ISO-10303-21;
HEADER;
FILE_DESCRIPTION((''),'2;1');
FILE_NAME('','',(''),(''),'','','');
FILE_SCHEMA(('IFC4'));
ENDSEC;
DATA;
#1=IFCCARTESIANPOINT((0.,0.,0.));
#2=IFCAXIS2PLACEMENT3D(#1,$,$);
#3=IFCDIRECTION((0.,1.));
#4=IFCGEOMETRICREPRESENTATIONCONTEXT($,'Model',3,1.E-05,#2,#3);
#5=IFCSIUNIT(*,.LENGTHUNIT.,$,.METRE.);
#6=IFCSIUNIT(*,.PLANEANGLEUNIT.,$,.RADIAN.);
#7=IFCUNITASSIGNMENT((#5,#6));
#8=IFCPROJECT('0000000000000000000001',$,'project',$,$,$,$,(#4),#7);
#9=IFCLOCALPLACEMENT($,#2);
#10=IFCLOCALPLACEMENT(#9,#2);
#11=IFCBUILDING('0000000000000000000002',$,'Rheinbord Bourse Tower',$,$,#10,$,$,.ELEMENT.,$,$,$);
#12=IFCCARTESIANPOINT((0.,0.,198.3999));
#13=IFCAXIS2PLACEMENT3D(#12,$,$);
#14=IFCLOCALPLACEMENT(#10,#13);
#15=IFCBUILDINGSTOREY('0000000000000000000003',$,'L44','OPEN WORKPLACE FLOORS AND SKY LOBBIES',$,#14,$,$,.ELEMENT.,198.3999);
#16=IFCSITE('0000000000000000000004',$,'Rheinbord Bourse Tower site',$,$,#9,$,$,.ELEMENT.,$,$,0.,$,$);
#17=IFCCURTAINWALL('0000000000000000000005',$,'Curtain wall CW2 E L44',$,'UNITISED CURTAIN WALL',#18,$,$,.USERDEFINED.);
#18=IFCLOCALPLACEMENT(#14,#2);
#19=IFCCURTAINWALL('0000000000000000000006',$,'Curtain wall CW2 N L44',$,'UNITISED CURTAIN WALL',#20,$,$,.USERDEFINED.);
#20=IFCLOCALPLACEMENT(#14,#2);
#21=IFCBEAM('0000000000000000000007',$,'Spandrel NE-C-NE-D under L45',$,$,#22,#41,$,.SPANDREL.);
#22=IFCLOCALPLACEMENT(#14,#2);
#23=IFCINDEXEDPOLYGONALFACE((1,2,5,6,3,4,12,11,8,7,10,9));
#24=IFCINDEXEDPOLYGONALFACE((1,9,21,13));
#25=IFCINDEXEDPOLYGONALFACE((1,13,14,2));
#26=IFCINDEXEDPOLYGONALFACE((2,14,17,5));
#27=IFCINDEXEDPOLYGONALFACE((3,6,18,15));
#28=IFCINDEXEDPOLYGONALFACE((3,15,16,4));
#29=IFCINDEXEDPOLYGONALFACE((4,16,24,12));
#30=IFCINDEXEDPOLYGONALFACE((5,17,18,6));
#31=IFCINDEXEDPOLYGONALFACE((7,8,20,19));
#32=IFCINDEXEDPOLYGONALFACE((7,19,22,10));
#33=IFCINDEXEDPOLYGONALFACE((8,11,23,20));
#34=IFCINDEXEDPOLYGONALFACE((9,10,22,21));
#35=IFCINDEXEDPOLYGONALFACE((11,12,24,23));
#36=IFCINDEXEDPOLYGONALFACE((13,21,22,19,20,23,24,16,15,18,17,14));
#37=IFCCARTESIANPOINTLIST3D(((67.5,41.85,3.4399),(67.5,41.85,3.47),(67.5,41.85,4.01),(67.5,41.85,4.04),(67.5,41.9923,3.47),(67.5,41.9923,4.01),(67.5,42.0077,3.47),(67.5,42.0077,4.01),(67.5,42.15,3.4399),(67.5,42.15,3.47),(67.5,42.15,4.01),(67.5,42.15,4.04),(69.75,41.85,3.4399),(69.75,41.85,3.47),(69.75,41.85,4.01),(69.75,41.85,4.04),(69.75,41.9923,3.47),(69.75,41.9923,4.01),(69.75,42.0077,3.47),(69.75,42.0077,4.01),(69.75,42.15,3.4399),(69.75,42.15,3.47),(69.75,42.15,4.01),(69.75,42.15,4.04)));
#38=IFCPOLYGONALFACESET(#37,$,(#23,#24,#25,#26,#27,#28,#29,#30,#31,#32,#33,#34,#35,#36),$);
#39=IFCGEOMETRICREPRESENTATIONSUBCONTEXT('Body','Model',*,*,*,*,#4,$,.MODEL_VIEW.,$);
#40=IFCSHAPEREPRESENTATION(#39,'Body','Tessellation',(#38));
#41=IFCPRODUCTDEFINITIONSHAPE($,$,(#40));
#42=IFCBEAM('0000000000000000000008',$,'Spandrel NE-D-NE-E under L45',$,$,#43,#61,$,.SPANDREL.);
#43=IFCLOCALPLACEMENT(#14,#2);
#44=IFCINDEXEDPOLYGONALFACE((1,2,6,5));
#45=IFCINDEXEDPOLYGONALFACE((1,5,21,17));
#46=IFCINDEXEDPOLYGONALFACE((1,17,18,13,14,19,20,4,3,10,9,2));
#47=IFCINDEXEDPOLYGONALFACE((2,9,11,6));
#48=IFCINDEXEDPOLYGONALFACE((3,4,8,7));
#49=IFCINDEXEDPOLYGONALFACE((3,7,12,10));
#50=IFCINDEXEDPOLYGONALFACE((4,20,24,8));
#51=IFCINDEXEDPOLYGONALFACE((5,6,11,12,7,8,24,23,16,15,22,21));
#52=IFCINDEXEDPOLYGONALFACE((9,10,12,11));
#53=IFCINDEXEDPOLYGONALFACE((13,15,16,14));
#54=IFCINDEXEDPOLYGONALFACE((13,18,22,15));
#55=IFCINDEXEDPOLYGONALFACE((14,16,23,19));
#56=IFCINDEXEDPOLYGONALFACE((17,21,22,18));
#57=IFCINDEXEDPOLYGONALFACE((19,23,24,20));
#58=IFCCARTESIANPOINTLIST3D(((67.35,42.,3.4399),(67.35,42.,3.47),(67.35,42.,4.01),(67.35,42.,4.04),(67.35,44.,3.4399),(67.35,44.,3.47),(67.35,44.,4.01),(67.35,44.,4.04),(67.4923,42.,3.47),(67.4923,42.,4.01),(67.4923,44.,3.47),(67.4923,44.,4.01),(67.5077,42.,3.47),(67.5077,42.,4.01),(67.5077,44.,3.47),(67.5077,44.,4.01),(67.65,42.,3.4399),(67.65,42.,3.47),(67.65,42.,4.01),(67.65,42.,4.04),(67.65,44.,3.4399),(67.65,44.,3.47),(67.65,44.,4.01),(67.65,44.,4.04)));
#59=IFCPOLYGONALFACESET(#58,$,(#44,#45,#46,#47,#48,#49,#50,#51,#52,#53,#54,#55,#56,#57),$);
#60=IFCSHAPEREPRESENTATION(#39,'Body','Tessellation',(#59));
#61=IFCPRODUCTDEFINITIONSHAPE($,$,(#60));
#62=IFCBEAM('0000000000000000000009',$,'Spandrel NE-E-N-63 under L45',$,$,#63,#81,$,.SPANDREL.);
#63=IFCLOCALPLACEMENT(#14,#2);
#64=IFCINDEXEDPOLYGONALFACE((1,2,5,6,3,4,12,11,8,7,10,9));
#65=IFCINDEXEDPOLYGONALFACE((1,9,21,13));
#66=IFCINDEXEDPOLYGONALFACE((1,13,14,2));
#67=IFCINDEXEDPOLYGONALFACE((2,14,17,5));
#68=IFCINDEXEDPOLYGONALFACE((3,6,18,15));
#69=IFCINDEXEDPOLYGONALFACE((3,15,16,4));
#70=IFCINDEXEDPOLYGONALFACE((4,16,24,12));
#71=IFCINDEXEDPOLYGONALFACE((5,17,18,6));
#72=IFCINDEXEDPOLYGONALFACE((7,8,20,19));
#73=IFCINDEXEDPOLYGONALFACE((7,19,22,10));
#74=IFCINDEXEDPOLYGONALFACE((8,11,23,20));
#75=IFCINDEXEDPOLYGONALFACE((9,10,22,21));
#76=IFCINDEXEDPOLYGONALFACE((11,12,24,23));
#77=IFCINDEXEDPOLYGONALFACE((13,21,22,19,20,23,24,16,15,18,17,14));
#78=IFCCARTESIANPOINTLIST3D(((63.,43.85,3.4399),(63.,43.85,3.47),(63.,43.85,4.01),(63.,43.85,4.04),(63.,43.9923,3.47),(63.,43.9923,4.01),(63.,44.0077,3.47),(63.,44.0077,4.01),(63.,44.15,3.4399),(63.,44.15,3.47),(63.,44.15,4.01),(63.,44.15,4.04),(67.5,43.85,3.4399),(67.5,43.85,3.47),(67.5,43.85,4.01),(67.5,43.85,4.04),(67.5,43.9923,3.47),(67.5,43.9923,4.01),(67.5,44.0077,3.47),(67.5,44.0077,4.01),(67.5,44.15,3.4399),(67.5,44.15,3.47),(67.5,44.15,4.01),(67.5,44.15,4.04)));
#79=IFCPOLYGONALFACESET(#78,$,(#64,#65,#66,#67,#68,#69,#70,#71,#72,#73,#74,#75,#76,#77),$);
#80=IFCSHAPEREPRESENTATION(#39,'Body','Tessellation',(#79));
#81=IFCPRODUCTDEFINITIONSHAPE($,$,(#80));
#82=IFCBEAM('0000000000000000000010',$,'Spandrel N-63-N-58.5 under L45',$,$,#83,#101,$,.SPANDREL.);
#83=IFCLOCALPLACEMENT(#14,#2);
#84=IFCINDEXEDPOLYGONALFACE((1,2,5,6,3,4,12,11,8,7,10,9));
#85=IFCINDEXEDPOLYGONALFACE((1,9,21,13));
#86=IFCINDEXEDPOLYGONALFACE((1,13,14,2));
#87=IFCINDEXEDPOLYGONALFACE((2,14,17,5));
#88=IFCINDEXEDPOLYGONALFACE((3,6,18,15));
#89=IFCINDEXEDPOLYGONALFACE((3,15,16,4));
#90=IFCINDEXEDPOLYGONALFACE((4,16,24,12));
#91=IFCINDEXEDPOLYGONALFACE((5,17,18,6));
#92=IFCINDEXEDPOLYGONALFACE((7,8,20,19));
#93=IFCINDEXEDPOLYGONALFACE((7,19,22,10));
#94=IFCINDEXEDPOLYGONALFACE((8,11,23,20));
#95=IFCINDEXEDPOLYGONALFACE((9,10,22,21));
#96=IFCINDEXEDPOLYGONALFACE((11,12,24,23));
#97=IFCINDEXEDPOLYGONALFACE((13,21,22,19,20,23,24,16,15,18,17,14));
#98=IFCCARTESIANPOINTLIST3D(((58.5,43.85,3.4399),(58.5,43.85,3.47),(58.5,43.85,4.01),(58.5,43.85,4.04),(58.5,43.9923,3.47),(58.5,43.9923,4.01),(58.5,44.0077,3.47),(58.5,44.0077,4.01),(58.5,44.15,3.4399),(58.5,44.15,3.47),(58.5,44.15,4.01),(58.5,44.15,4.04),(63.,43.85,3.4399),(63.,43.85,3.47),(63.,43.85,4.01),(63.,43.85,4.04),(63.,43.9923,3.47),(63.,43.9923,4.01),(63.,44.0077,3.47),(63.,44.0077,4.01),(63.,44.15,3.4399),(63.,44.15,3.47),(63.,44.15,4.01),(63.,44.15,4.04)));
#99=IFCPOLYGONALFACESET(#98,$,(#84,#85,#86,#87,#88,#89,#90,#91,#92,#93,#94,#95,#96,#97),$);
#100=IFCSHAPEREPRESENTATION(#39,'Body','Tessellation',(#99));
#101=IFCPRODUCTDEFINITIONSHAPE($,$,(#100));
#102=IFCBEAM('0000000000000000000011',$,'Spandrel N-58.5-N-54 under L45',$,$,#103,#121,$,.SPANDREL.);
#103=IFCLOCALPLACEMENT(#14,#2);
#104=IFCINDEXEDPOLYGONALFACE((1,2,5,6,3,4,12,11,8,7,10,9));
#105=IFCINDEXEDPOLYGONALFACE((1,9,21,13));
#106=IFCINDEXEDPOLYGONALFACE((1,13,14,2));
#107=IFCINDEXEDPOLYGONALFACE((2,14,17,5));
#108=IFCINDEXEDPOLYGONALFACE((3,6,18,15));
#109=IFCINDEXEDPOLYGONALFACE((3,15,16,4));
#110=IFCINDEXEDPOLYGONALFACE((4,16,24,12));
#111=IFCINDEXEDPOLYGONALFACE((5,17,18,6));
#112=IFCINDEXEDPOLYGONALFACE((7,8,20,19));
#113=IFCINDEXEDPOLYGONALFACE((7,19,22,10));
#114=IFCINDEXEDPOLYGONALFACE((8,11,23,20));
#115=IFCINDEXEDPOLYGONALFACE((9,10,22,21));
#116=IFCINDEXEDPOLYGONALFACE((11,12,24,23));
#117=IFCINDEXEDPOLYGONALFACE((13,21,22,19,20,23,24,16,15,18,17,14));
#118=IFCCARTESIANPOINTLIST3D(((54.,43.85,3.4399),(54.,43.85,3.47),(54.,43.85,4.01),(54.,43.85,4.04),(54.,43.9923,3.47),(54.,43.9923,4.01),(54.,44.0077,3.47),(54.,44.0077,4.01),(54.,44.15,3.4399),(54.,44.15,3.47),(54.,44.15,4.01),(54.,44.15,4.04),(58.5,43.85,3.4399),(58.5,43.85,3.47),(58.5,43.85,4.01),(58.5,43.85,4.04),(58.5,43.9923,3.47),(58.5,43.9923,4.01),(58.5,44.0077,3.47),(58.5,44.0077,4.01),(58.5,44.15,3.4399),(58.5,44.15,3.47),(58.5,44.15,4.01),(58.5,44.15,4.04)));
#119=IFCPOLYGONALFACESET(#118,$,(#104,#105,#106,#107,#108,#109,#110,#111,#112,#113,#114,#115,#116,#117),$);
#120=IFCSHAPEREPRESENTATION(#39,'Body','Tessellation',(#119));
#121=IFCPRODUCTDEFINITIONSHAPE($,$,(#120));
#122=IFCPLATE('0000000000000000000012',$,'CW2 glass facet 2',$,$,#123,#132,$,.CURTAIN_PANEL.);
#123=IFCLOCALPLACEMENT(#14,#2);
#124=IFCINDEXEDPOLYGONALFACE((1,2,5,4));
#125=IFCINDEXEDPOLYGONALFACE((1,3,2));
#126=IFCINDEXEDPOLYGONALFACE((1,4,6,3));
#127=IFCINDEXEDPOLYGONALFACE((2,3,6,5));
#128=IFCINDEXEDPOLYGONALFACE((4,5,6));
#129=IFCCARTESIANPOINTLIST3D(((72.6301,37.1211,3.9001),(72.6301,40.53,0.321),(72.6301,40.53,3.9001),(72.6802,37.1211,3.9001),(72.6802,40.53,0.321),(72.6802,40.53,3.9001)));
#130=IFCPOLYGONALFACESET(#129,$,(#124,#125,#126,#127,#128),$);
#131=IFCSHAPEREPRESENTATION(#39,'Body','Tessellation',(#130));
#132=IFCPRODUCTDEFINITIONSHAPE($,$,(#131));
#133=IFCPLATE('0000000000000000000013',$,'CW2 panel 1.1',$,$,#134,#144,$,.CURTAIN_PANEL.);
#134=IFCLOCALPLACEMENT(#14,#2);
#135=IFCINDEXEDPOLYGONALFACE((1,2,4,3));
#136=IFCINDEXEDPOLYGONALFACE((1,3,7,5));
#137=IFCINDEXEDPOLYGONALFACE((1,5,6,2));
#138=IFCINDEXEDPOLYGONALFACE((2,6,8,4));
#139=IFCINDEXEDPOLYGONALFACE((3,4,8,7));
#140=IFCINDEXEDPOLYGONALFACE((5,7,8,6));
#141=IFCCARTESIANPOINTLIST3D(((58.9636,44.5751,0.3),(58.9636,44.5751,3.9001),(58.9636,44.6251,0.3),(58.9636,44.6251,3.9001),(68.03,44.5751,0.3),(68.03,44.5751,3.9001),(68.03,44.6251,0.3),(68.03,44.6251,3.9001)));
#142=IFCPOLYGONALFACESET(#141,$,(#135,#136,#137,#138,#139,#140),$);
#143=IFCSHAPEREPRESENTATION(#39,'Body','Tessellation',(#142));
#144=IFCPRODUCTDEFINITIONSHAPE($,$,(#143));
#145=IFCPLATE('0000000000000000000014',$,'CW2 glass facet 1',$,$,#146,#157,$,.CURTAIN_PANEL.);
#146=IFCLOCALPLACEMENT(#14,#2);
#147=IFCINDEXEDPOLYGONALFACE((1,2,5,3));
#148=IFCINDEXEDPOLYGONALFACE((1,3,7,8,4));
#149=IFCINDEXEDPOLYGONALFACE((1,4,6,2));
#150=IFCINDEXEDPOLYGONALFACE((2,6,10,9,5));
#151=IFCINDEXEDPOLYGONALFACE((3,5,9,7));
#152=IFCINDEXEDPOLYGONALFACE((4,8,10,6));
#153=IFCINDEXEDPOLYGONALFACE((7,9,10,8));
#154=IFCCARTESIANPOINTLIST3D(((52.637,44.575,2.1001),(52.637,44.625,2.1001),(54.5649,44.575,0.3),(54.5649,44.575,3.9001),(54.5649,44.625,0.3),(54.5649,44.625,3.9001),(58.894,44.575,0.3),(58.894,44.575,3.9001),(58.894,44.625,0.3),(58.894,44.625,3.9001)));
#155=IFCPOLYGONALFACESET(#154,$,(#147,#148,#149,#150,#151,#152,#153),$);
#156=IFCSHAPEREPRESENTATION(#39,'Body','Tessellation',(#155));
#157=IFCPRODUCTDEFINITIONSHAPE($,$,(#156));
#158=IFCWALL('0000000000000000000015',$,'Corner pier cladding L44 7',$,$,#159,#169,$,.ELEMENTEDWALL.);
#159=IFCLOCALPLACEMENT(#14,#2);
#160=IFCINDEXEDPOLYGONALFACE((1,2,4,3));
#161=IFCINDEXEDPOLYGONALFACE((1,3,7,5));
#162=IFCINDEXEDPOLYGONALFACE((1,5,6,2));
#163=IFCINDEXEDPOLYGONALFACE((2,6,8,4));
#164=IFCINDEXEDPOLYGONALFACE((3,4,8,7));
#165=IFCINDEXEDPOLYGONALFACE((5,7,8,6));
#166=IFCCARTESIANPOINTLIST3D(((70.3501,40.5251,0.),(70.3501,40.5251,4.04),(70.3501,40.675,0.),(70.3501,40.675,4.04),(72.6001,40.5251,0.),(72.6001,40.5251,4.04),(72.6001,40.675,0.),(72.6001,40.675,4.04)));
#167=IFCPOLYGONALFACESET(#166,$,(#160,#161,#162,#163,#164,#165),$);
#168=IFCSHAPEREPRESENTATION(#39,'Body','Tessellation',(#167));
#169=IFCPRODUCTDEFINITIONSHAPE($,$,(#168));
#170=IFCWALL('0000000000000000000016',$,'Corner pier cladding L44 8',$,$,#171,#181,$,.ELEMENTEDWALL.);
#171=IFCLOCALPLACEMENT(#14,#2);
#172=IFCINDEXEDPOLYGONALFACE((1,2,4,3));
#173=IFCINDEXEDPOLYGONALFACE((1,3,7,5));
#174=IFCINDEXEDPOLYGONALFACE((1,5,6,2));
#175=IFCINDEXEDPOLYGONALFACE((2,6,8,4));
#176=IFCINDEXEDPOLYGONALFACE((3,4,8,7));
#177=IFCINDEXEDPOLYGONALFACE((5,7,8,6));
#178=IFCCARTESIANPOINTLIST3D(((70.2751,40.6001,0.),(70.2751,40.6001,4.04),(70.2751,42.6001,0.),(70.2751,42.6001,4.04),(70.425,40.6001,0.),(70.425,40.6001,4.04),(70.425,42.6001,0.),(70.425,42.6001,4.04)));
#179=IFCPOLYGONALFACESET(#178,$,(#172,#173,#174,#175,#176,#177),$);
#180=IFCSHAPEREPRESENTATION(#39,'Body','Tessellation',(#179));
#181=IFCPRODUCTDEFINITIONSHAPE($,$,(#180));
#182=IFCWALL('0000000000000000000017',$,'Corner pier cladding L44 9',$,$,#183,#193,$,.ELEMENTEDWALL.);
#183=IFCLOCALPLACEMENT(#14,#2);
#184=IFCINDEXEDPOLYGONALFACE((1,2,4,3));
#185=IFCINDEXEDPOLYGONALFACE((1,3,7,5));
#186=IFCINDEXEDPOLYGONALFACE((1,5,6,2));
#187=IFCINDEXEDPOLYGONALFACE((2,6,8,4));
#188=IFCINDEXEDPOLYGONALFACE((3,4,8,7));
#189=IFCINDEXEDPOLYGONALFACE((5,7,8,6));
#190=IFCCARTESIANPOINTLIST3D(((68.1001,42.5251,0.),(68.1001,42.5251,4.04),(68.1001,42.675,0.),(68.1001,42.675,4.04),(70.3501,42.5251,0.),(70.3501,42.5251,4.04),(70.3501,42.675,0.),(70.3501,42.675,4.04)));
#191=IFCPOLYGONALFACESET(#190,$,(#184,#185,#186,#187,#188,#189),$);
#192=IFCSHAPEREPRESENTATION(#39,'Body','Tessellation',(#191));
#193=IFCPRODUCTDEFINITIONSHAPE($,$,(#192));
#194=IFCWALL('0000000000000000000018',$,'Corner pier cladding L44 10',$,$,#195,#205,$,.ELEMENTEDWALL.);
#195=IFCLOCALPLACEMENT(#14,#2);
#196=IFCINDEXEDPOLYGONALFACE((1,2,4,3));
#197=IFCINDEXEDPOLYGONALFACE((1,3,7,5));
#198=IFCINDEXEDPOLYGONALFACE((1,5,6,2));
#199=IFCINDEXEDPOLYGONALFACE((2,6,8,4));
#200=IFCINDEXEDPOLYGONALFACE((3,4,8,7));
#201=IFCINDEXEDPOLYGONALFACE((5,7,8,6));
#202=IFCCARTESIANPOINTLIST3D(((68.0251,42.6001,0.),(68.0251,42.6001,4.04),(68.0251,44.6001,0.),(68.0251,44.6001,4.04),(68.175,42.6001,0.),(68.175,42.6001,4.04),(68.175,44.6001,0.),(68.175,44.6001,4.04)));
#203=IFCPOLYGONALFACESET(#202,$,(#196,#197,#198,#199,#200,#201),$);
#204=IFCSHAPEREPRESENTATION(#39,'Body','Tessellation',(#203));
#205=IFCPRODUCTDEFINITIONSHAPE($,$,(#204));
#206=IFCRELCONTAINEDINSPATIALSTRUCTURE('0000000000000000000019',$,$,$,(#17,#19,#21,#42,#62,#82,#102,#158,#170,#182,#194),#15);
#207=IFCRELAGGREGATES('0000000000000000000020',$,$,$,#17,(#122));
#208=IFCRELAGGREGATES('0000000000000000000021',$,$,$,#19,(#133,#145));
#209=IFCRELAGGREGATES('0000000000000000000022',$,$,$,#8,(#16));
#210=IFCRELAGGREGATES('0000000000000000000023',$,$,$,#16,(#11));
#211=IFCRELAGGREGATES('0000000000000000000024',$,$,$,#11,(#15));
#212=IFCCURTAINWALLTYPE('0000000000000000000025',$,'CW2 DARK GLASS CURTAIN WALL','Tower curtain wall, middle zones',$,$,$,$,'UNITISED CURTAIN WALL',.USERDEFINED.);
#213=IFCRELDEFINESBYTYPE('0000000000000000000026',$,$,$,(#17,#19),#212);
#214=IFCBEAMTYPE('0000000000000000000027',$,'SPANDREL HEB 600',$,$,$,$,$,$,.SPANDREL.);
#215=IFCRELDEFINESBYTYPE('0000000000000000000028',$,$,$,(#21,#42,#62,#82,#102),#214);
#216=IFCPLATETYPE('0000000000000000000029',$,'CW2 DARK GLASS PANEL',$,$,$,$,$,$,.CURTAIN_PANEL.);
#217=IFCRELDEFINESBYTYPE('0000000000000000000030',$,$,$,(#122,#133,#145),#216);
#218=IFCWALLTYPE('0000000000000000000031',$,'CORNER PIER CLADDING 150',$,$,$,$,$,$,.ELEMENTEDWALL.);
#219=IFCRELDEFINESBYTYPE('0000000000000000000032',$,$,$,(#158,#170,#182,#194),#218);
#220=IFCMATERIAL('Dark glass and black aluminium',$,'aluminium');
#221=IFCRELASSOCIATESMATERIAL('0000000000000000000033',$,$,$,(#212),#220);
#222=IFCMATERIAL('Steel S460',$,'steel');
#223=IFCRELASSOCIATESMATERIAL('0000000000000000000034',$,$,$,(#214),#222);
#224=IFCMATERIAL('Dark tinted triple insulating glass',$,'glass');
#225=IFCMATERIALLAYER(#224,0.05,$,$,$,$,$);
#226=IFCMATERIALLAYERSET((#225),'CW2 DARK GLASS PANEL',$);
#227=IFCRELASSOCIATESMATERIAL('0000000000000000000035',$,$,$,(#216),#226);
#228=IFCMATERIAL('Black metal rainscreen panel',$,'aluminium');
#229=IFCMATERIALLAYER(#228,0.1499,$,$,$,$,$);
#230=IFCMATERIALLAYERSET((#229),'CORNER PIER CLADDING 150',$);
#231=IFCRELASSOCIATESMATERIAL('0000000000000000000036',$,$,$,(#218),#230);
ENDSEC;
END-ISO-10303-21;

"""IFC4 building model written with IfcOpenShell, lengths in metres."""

from ifc_helpers import new_model, si_unit, direction, frame, frame_2d, origin, origin_2d, place, context, subcontext, project, spatial, polyline, rectangle, i_section, outline, extrude, material, layer, layer_set, material_profile, profile_set, type_object, element, aggregate, save


model = new_model("IFC4")

# Units and contexts
model_context = context("Model", 3, precision=1e-05, world=origin(), true_north=direction((0.0, 1.0)))
body_context = subcontext(model_context, "Body", "Model", "MODEL_VIEW")
ifc_project = project(units=[si_unit("LENGTHUNIT", "METRE"), si_unit("PLANEANGLEUNIT", "RADIAN")], contexts=[model_context])

# Site, building, storey
site_placement = place(None, origin())
site = spatial("IfcSite", under=ifc_project, at=site_placement, Name="Rheinbord Bourse Tower site", CompositionType="ELEMENT", RefElevation=0.0)
building_placement = place(site_placement, origin())
building = spatial("IfcBuilding", under=site, at=building_placement, Name="Rheinbord Bourse Tower", CompositionType="ELEMENT")
storey_placement = place(building_placement, frame((0.0, 0.0, 198.3999)))
storey = spatial("IfcBuildingStorey", under=building, at=storey_placement, Name="L44", Description="OPEN WORKPLACE FLOORS AND SKY LOBBIES", CompositionType="ELEMENT", Elevation=198.3999)

# Curtain walls
ifc_material_1 = material(Name="Dark glass and black aluminium", Category="aluminium")
curtain_wall_type = type_object("IfcCurtainWallType", Name="CW2 DARK GLASS CURTAIN WALL", Description="Tower curtain wall, middle zones", ElementType="UNITISED CURTAIN WALL", PredefinedType="USERDEFINED", material=ifc_material_1)
curtain_wall_1_placement = place(storey_placement, origin())
curtain_wall_1 = element("IfcCurtainWall", 1, at=curtain_wall_1_placement, inside=storey, type_object=curtain_wall_type, Name="Curtain wall CW2 E L44", ObjectType="UNITISED CURTAIN WALL", PredefinedType="USERDEFINED")
curtain_wall_2_placement = place(storey_placement, origin())
curtain_wall_2 = element("IfcCurtainWall", 2, at=curtain_wall_2_placement, inside=storey, type_object=curtain_wall_type, Name="Curtain wall CW2 N L44", ObjectType="UNITISED CURTAIN WALL", PredefinedType="USERDEFINED")

# Beams
ifc_material_2 = material(Name="Steel S460", Category="steel")
ifc_material_profile_1 = material_profile(ifc_material_2, i_section(OverallWidth=0.3, OverallDepth=0.6001, WebThickness=0.0154, FlangeThickness=0.03, at=origin_2d()), Name="HEB 600")
ifc_profile_set_1 = profile_set([ifc_material_profile_1], Name="Steel S460")
beam_type_1 = type_object("IfcBeamType", Name="SPANDREL HEB 600", PredefinedType="SPANDREL", material=ifc_profile_set_1)
for number, where, z_axis, x_axis, name in (
    (3, (69.75, 42.0, 3.74), (-1.0, 0.0, 0.0), (0.0, -1.0, 0.0), "Spandrel NE-C-NE-D under L45"),
):
    element("IfcBeam", number, at=place(storey_placement, frame(where, z_axis=z_axis, x_axis=x_axis)), inside=storey, type_object=beam_type_1, Name=name, PredefinedType="SPANDREL", context=body_context, shape_type="SweptSolid", body=[
        extrude(i_section(OverallWidth=0.3, OverallDepth=0.6001, WebThickness=0.0154, FlangeThickness=0.03, at=origin_2d()), origin(), (0.0, 0.0, 1.0), 2.25),
    ])
beam_placement = place(storey_placement, frame((67.5, 42.0, 3.74), z_axis=(0.0, 1.0, 0.0), x_axis=(-1.0, 0.0, 0.0)))
element("IfcBeam", 4, at=beam_placement, inside=storey, type_object=beam_type_1, Name="Spandrel NE-D-NE-E under L45", PredefinedType="SPANDREL", context=body_context, shape_type="SweptSolid", body=[
    extrude(i_section(OverallWidth=0.3, OverallDepth=0.6001, WebThickness=0.0154, FlangeThickness=0.03, at=origin_2d()), origin(), (0.0, 0.0, 1.0), 2.0),
])
for number, where, z_axis, x_axis, name in (
    (5, (67.5, 44.0, 3.74), (-1.0, 0.0, 0.0), (0.0, -1.0, 0.0), "Spandrel NE-E-N-63 under L45"),
    (6, (63.0, 44.0, 3.74), (-1.0, 0.0, 0.0), (0.0, -1.0, 0.0), "Spandrel N-63-N-58.5 under L45"),
    (7, (58.5, 44.0, 3.74), (-1.0, 0.0, 0.0), (0.0, -1.0, 0.0), "Spandrel N-58.5-N-54 under L45"),
):
    element("IfcBeam", number, at=place(storey_placement, frame(where, z_axis=z_axis, x_axis=x_axis)), inside=storey, type_object=beam_type_1, Name=name, PredefinedType="SPANDREL", context=body_context, shape_type="SweptSolid", body=[
        extrude(i_section(OverallWidth=0.3, OverallDepth=0.6001, WebThickness=0.0154, FlangeThickness=0.03, at=origin_2d()), origin(), (0.0, 0.0, 1.0), 4.5),
    ])

# Plates
ifc_material_3 = material(Name="Dark tinted triple insulating glass", Category="glass")
ifc_layer_1 = layer(ifc_material_3, 0.05)
ifc_layer_set_1 = layer_set([ifc_layer_1], Name="CW2 DARK GLASS PANEL")
plate_type = type_object("IfcPlateType", Name="CW2 DARK GLASS PANEL", PredefinedType="CURTAIN_PANEL", material=ifc_layer_set_1)
plate_1_placement = place(storey_placement, frame((72.6802, 40.53, 3.9001), z_axis=(-1.0, 0.0, 0.0), x_axis=(0.0, 0.0, -1.0)))
plate_1 = element("IfcPlate", 8, at=plate_1_placement, type_object=plate_type, Name="CW2 glass facet 2", PredefinedType="CURTAIN_PANEL", context=body_context, shape_type="SweptSolid", body=[
    extrude(outline(polyline([(0.0, 0.0), (3.5791, 0.0), (0.0, 3.4089), (0.0, 0.0)])), origin(), (0.0, 0.0, 1.0), 0.05),
])
aggregate(curtain_wall_1, [plate_1])
plate_2_placement = place(storey_placement, frame((63.4968, 44.6001, 0.3), z_axis=(0.0, 0.0, 1.0), x_axis=(-1.0, 0.0, 0.0)))
plate_2 = element("IfcPlate", 9, at=plate_2_placement, type_object=plate_type, Name="CW2 panel 1.1", PredefinedType="CURTAIN_PANEL", context=body_context, shape_type="SweptSolid", body=[
    extrude(rectangle(XDim=9.0664, YDim=0.05, at=origin_2d()), origin(), (0.0, 0.0, 1.0), 3.6001),
])
plate_3_placement = place(storey_placement, frame((58.894, 44.625, 0.3), z_axis=(0.0, -1.0, 0.0), x_axis=(0.0, 0.0, 1.0)))
plate_3 = element("IfcPlate", 10, at=plate_3_placement, type_object=plate_type, Name="CW2 glass facet 1", PredefinedType="CURTAIN_PANEL", context=body_context, shape_type="SweptSolid", body=[
    extrude(outline(polyline([(0.0, 0.0), (3.6001, 0.0), (3.6001, 4.3291), (1.8, 6.2571), (0.0, 4.3291), (0.0, 0.0)])), origin(), (0.0, 0.0, 1.0), 0.05),
])
aggregate(curtain_wall_2, [plate_2, plate_3])

# Walls
ifc_material_4 = material(Name="Black metal rainscreen panel", Category="aluminium")
ifc_layer_2 = layer(ifc_material_4, 0.1499)
ifc_layer_set_2 = layer_set([ifc_layer_2], Name="CORNER PIER CLADDING 150")
wall_type = type_object("IfcWallType", Name="CORNER PIER CLADDING 150", PredefinedType="ELEMENTEDWALL", material=ifc_layer_set_2)
wall_1_placement = place(storey_placement, frame((72.6001, 40.6001, 0.0), z_axis=(0.0, 0.0, 1.0), x_axis=(-1.0, 0.0, 0.0)))
element("IfcWall", 11, at=wall_1_placement, inside=storey, type_object=wall_type, Name="Corner pier cladding L44 7", PredefinedType="ELEMENTEDWALL", context=body_context, shape_type="SweptSolid", body=[
    extrude(rectangle(XDim=2.25, YDim=0.1499, at=frame_2d((1.125, 0.0))), origin(), (0.0, 0.0, 1.0), 4.04),
])
wall_2_placement = place(storey_placement, frame((70.3501, 40.6001, 0.0), z_axis=(0.0, 0.0, 1.0), x_axis=(0.0, 1.0, 0.0)))
element("IfcWall", 12, at=wall_2_placement, inside=storey, type_object=wall_type, Name="Corner pier cladding L44 8", PredefinedType="ELEMENTEDWALL", context=body_context, shape_type="SweptSolid", body=[
    extrude(rectangle(XDim=2.0, YDim=0.1499, at=frame_2d((1.0, 0.0))), origin(), (0.0, 0.0, 1.0), 4.04),
])
wall_3_placement = place(storey_placement, frame((70.3501, 42.6001, 0.0), z_axis=(0.0, 0.0, 1.0), x_axis=(-1.0, 0.0, 0.0)))
element("IfcWall", 13, at=wall_3_placement, inside=storey, type_object=wall_type, Name="Corner pier cladding L44 9", PredefinedType="ELEMENTEDWALL", context=body_context, shape_type="SweptSolid", body=[
    extrude(rectangle(XDim=2.25, YDim=0.1499, at=frame_2d((1.125, 0.0))), origin(), (0.0, 0.0, 1.0), 4.04),
])
wall_4_placement = place(storey_placement, frame((68.1001, 42.6001, 0.0), z_axis=(0.0, 0.0, 1.0), x_axis=(0.0, 1.0, 0.0)))
element("IfcWall", 14, at=wall_4_placement, inside=storey, type_object=wall_type, Name="Corner pier cladding L44 10", PredefinedType="ELEMENTEDWALL", context=body_context, shape_type="SweptSolid", body=[
    extrude(rectangle(XDim=2.0, YDim=0.1499, at=frame_2d((1.0, 0.0))), origin(), (0.0, 0.0, 1.0), 4.04),
])

save(model, "model.ifc")
